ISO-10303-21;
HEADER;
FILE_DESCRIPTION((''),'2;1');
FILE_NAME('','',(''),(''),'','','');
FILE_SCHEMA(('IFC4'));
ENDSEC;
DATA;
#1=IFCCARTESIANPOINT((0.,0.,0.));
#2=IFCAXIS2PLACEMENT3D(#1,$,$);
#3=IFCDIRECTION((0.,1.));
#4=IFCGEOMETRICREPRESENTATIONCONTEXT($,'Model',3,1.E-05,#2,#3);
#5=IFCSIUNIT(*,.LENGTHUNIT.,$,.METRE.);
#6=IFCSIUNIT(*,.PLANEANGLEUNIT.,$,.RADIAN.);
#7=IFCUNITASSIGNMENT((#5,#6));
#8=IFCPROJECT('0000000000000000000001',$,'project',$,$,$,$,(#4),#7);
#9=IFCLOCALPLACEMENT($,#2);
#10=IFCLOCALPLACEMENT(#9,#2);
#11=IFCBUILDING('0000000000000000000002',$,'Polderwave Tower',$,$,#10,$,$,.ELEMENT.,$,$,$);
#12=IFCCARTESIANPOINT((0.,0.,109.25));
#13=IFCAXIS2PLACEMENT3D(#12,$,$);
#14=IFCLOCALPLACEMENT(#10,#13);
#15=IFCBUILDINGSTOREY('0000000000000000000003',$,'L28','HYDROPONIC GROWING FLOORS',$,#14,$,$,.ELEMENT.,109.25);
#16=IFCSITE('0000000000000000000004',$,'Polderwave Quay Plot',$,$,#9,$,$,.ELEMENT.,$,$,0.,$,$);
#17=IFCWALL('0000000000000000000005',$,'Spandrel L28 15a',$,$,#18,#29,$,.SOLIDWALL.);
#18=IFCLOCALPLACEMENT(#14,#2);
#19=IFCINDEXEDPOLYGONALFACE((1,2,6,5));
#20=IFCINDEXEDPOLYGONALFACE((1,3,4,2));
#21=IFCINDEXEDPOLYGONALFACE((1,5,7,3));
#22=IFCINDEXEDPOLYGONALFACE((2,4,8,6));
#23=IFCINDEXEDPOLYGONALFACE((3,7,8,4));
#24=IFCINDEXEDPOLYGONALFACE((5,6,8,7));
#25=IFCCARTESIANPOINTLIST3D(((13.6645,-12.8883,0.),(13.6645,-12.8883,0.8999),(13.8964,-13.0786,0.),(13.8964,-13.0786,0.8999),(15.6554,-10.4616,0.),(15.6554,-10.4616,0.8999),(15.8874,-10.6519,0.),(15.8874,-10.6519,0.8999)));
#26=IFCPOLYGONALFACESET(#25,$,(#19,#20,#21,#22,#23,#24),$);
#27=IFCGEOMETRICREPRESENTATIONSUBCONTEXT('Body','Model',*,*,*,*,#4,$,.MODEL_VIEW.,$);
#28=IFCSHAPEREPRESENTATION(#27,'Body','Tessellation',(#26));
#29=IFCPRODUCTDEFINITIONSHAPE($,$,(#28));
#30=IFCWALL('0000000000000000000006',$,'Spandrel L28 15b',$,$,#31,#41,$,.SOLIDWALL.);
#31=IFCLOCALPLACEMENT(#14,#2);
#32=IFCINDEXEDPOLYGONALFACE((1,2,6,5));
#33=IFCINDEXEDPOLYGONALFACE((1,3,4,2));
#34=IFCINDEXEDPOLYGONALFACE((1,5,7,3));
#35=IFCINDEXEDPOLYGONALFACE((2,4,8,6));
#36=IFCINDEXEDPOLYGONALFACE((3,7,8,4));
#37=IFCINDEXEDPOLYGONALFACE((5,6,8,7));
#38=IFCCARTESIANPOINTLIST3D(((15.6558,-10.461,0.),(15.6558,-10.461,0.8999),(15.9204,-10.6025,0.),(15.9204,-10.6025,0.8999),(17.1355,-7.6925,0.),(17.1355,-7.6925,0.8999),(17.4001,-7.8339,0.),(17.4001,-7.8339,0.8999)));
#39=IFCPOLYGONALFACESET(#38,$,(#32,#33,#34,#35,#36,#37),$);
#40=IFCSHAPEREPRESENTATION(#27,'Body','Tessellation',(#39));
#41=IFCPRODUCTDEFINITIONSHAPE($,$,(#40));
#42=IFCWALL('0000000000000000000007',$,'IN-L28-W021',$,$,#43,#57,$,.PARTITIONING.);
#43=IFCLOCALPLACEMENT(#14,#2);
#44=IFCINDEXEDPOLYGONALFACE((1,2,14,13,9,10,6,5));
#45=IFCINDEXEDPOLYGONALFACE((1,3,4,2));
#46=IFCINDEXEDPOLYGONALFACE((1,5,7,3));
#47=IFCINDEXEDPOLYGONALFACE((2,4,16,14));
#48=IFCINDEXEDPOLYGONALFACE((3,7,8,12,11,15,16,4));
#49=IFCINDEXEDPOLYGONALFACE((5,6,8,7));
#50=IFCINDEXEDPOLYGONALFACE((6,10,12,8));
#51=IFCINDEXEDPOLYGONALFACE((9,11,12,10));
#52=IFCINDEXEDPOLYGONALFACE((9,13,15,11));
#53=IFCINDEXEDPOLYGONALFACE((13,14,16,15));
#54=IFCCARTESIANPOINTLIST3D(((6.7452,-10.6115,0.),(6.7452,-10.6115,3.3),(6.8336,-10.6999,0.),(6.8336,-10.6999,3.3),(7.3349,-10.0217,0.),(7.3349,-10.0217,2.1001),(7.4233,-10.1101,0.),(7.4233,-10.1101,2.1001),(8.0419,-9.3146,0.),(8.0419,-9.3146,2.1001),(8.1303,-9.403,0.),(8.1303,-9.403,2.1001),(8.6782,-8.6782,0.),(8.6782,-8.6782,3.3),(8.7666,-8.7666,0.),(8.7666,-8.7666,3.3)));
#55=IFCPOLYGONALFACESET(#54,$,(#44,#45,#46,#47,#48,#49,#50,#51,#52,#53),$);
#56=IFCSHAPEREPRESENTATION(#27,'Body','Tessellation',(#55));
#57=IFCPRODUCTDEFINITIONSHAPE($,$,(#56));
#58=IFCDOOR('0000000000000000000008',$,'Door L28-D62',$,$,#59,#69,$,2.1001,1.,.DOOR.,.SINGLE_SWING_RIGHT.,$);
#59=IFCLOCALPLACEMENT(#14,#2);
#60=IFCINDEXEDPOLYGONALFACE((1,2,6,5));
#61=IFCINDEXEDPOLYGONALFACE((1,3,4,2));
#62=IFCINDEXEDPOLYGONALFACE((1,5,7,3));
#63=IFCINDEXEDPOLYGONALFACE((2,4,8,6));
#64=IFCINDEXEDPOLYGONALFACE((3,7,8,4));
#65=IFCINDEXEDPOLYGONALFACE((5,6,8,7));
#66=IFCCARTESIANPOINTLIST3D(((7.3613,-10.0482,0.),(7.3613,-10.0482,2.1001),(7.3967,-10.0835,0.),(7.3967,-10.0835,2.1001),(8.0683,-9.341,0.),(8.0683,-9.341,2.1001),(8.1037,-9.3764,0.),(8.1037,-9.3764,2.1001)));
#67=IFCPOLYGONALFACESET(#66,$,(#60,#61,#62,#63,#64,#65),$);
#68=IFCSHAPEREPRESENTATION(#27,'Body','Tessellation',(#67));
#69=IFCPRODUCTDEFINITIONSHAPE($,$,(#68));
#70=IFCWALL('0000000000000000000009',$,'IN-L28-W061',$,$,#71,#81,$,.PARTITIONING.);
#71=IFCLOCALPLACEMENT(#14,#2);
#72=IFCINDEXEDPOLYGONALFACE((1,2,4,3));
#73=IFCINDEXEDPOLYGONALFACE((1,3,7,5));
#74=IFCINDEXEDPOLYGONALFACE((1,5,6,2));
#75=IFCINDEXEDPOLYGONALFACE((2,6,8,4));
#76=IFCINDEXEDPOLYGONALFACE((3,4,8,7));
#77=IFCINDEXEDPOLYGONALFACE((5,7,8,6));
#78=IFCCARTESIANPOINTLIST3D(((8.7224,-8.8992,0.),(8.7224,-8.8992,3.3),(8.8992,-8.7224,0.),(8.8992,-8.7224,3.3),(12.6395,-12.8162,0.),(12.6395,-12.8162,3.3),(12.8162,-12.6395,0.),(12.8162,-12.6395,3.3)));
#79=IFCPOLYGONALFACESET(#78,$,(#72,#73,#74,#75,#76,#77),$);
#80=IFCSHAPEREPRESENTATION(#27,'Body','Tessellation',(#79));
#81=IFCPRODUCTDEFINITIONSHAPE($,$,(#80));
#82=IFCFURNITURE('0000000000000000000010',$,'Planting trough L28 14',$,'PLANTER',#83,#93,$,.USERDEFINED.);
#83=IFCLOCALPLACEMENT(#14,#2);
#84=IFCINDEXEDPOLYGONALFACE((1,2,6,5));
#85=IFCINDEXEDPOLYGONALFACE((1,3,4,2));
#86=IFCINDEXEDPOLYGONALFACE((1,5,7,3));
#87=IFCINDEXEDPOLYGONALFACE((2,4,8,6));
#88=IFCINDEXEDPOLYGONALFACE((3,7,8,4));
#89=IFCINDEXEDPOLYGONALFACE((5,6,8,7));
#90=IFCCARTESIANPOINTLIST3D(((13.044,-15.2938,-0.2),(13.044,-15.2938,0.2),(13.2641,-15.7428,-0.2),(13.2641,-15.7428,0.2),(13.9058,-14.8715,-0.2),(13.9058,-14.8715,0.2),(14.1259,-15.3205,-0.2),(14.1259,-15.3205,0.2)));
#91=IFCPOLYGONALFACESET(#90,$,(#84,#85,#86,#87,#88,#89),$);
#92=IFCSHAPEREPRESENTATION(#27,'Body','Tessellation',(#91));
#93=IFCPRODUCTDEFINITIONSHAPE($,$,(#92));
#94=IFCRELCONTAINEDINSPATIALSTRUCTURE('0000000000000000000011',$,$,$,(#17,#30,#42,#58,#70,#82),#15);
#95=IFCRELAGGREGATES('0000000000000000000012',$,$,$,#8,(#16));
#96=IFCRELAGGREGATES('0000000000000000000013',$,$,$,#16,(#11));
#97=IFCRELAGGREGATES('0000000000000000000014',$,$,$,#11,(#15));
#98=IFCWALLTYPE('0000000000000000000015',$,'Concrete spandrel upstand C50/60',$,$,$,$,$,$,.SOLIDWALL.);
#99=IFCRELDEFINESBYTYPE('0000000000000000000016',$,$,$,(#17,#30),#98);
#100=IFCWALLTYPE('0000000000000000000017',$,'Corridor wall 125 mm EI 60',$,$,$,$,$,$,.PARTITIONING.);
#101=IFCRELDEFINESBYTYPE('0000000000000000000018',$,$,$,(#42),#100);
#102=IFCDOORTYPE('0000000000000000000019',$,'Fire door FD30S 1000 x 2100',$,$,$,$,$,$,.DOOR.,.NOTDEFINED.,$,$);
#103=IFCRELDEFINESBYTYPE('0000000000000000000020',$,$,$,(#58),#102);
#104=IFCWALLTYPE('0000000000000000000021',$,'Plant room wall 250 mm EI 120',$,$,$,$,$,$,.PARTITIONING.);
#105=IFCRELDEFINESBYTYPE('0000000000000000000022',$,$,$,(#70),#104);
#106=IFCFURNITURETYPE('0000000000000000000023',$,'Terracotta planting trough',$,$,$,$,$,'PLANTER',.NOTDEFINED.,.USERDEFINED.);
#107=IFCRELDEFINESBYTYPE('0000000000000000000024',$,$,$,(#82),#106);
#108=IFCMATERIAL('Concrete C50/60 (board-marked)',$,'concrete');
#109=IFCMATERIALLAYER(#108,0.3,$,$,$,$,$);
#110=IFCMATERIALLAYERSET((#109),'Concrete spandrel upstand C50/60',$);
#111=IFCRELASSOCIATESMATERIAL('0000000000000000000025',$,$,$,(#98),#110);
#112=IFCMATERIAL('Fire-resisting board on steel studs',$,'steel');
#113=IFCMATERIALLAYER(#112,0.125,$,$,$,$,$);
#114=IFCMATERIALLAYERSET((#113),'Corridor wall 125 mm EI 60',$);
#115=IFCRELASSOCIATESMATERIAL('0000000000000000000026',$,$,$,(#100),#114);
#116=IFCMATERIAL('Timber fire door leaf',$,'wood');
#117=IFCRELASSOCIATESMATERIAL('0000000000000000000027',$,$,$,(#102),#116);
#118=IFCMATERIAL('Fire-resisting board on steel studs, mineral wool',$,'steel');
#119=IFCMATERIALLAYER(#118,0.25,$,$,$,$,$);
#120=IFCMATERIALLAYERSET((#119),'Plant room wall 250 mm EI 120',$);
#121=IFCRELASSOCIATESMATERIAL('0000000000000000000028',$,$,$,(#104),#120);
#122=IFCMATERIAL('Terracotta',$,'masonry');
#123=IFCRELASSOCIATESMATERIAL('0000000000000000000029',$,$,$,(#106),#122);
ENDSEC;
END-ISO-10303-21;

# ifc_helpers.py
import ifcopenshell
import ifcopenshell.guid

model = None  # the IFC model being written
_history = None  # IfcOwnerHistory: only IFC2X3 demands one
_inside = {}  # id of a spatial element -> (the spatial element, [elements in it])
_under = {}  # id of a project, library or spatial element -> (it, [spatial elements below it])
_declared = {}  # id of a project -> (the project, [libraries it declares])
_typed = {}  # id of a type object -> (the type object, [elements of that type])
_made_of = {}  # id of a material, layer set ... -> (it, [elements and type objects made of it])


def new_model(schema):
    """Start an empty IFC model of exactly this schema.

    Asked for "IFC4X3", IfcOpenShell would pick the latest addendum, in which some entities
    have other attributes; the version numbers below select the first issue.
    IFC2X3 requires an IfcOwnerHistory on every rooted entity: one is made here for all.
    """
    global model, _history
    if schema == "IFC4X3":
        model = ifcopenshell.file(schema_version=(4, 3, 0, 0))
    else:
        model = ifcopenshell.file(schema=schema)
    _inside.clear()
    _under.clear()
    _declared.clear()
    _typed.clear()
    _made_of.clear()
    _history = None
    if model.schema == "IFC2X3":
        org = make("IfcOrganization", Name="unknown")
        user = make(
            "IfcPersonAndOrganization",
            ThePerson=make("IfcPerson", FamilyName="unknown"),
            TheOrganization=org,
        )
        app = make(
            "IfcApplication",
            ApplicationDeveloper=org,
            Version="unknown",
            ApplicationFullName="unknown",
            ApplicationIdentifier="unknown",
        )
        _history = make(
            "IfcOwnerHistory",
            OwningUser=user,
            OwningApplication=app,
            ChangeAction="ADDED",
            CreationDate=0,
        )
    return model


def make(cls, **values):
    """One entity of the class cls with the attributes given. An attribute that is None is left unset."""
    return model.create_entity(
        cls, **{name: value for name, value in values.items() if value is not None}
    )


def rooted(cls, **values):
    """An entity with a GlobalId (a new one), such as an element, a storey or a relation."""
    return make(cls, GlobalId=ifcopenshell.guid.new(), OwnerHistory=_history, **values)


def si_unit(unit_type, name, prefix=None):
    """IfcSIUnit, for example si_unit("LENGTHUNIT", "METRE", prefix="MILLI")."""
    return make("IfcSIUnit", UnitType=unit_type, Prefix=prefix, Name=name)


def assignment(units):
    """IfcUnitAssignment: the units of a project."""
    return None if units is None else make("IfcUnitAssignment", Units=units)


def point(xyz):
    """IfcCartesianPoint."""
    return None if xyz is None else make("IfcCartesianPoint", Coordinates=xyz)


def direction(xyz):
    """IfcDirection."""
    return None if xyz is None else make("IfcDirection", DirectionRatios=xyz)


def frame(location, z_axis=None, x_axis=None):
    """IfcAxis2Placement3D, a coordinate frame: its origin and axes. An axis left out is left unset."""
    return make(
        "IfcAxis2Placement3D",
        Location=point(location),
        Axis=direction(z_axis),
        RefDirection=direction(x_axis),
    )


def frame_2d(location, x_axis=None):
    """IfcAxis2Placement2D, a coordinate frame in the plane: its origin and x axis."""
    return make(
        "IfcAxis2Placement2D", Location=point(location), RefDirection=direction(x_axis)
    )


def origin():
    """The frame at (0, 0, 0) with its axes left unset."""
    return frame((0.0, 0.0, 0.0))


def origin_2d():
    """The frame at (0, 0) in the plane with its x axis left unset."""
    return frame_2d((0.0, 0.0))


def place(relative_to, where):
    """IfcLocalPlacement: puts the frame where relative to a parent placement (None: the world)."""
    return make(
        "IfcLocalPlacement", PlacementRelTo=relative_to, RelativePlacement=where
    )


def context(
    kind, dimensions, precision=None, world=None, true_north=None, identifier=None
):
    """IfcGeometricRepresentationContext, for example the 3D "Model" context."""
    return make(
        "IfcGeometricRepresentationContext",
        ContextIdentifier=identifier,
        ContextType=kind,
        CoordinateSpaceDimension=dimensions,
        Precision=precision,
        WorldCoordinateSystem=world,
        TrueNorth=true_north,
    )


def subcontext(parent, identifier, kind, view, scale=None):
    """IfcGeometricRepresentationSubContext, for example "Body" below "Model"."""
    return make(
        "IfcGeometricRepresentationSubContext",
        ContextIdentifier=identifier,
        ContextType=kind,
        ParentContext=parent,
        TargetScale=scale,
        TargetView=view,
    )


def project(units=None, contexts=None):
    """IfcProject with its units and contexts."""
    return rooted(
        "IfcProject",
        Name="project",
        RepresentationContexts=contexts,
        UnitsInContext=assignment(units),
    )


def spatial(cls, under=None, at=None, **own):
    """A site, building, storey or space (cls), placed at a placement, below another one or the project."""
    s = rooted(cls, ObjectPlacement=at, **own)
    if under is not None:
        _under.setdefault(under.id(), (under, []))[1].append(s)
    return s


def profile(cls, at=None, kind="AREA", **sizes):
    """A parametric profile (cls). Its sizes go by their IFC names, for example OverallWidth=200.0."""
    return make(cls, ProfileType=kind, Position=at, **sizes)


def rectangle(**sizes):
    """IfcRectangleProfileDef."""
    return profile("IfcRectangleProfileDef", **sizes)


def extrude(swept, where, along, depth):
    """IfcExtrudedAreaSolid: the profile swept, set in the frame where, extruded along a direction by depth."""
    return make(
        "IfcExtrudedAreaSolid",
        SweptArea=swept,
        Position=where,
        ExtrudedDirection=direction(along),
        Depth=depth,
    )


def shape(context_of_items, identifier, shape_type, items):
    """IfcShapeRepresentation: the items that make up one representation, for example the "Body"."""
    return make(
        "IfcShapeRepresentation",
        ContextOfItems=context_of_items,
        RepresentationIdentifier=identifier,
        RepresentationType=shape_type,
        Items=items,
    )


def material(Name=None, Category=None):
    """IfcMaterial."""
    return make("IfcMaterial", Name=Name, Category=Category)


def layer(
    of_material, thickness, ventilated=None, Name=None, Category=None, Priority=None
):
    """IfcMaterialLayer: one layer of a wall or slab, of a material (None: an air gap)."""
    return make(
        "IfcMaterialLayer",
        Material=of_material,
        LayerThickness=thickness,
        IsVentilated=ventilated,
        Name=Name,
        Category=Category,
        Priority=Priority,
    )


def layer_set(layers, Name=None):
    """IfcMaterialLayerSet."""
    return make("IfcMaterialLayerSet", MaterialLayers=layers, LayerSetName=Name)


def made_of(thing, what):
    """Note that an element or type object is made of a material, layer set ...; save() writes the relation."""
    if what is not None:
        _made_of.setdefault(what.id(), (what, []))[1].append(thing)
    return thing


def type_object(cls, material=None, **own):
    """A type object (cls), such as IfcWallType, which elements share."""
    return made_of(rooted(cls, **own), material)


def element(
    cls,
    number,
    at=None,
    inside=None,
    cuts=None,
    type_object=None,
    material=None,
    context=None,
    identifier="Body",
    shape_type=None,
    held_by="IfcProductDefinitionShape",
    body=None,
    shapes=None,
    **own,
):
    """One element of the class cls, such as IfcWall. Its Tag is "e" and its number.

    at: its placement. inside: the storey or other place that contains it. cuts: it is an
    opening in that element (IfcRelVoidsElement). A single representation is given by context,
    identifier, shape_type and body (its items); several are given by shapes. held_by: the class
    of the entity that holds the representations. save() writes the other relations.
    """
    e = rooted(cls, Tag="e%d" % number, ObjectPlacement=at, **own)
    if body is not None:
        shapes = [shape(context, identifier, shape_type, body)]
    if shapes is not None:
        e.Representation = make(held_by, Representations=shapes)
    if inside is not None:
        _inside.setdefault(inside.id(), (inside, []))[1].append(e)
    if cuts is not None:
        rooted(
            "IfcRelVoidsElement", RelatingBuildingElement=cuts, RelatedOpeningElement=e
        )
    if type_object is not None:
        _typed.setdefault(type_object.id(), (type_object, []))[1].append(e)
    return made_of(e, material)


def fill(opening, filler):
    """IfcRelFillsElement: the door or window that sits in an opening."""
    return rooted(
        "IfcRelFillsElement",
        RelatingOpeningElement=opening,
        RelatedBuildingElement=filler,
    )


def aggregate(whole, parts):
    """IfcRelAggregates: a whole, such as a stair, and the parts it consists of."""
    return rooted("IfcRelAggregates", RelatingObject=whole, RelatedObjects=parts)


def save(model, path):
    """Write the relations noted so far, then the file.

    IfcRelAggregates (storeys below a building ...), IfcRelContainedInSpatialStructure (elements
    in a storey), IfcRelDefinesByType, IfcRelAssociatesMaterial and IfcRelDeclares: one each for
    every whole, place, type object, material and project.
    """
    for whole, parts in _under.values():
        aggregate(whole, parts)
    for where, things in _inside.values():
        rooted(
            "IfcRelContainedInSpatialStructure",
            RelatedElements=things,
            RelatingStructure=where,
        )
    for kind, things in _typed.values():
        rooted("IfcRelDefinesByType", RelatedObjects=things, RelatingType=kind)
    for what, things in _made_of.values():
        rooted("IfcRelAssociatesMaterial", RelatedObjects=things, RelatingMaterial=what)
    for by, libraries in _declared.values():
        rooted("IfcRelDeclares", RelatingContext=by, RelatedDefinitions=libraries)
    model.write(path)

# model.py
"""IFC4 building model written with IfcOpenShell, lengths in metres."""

from ifc_helpers import new_model, si_unit, direction, frame, frame_2d, origin, origin_2d, place, context, subcontext, project, spatial, rectangle, extrude, material, layer, layer_set, type_object, element, fill, save


model = new_model("IFC4")

# Units and contexts
model_context = context("Model", 3, precision=1e-05, world=origin(), true_north=direction((0.0, 1.0)))
body_context = subcontext(model_context, "Body", "Model", "MODEL_VIEW")
ifc_project = project(units=[si_unit("LENGTHUNIT", "METRE"), si_unit("PLANEANGLEUNIT", "RADIAN")], contexts=[model_context])

# Site, building, storey
site_placement = place(None, origin())
site = spatial("IfcSite", under=ifc_project, at=site_placement, Name="Polderwave Quay Plot", CompositionType="ELEMENT", RefElevation=0.0)
building_placement = place(site_placement, origin())
building = spatial("IfcBuilding", under=site, at=building_placement, Name="Polderwave Tower", CompositionType="ELEMENT")
storey_placement = place(building_placement, frame((0.0, 0.0, 109.25)))
storey = spatial("IfcBuildingStorey", under=building, at=storey_placement, Name="L28", Description="HYDROPONIC GROWING FLOORS", CompositionType="ELEMENT", Elevation=109.25)

# Walls
ifc_material_1 = material(Name="Concrete C50/60 (board-marked)", Category="concrete")
ifc_layer_1 = layer(ifc_material_1, 0.3)
ifc_layer_set_1 = layer_set([ifc_layer_1], Name="Concrete spandrel upstand C50/60")
wall_type_1 = type_object("IfcWallType", Name="Concrete spandrel upstand C50/60", PredefinedType="SOLIDWALL", material=ifc_layer_set_1)
for number, where, z_axis, x_axis, name in (
    (1, (13.7805, -12.9834, 0.0), (0.0, 0.0, 1.0), (0.634275, 0.773108, 0.0), "Spandrel L28 15a"),
):
    element("IfcWall", number, at=place(storey_placement, frame(where, z_axis=z_axis, x_axis=x_axis)), inside=storey, type_object=wall_type_1, Name=name, PredefinedType="SOLIDWALL", context=body_context, shape_type="SweptSolid", body=[
        extrude(rectangle(XDim=3.1389, YDim=0.3, at=frame_2d((1.5693, 0.0))), origin(), (0.0, 0.0, 1.0), 0.8999),
    ])
wall_1_placement = place(storey_placement, frame((15.7881, -10.5317, 0.0), z_axis=(0.0, 0.0, 1.0), x_axis=(0.471375, 0.881933, 0.0)))
element("IfcWall", 2, at=wall_1_placement, inside=storey, type_object=wall_type_1, Name="Spandrel L28 15b", PredefinedType="SOLIDWALL", context=body_context, shape_type="SweptSolid", body=[
    extrude(rectangle(XDim=3.1392, YDim=0.3, at=frame_2d((1.5696, 0.0))), origin(), (0.0, 0.0, 1.0), 0.8999),
])

# Wall, opening, door
ifc_material_2 = material(Name="Fire-resisting board on steel studs", Category="steel")
ifc_layer_2 = layer(ifc_material_2, 0.125)
ifc_layer_set_2 = layer_set([ifc_layer_2], Name="Corridor wall 125 mm EI 60")
wall_type_2 = type_object("IfcWallType", Name="Corridor wall 125 mm EI 60", PredefinedType="PARTITIONING", material=ifc_layer_set_2)
wall_2_placement = place(storey_placement, frame((8.7224, -8.7224, 0.0), z_axis=(0.0, 0.0, 1.0), x_axis=(-0.707062, -0.707151, 0.0)))
wall_2 = element("IfcWall", 3, at=wall_2_placement, inside=storey, type_object=wall_type_2, Name="IN-L28-W021", PredefinedType="PARTITIONING", context=body_context, shape_type="SweptSolid", body=[
    extrude(rectangle(XDim=2.7339, YDim=0.125, at=frame_2d((1.3669, 0.0))), origin(), (0.0, 0.0, 1.0), 3.3),
])
opening_placement = place(wall_2_placement, frame((0.8999, 0.0, 0.0)))
opening = element("IfcOpeningElement", 4, at=opening_placement, cuts=wall_2, PredefinedType="OPENING", context=body_context, shape_type="SweptSolid", body=[
    extrude(rectangle(XDim=1.0, YDim=2.1001, at=frame_2d((0.5, 1.05))), frame((0.0, 0.0725, 0.0), z_axis=(0.0, -1.0, 0.0), x_axis=(1.0, 0.0, 0.0)), (0.0, 0.0, 1.0), 0.145),
])
ifc_material_3 = material(Name="Timber fire door leaf", Category="wood")
door_type = type_object("IfcDoorType", Name="Fire door FD30S 1000 x 2100", OperationType="NOTDEFINED", PredefinedType="DOOR", material=ifc_material_3)
door_placement = place(opening_placement, origin())
door = element("IfcDoor", 5, at=door_placement, inside=storey, type_object=door_type, Name="Door L28-D62", OperationType="SINGLE_SWING_RIGHT", OverallHeight=2.1001, OverallWidth=1.0, PredefinedType="DOOR", context=body_context, shape_type="SweptSolid", body=[
    extrude(rectangle(XDim=1.0, YDim=2.1001, at=frame_2d((0.5, 1.05))), frame((0.0, 0.0249, 0.0), z_axis=(0.0, -1.0, 0.0), x_axis=(1.0, 0.0, 0.0)), (0.0, 0.0, 1.0), 0.05),
])
fill(opening, door)

# Wall
ifc_material_4 = material(Name="Fire-resisting board on steel studs, mineral wool", Category="steel")
ifc_layer_3 = layer(ifc_material_4, 0.25)
ifc_layer_set_3 = layer_set([ifc_layer_3], Name="Plant room wall 250 mm EI 120")
wall_type_3 = type_object("IfcWallType", Name="Plant room wall 250 mm EI 120", PredefinedType="PARTITIONING", material=ifc_layer_set_3)
wall_3_placement = place(storey_placement, frame((8.8108, -8.8108, 0.0), z_axis=(0.0, 0.0, 1.0), x_axis=(0.707107, -0.707107, 0.0)))
element("IfcWall", 6, at=wall_3_placement, inside=storey, type_object=wall_type_3, Name="IN-L28-W061", PredefinedType="PARTITIONING", context=body_context, shape_type="SweptSolid", body=[
    extrude(rectangle(XDim=5.5396, YDim=0.25, at=frame_2d((2.7698, 0.0))), origin(), (0.0, 0.0, 1.0), 3.3),
])

# Furniture
ifc_material_5 = material(Name="Terracotta", Category="masonry")
furniture_type = type_object("IfcFurnitureType", Name="Terracotta planting trough", ElementType="PLANTER", AssemblyPlace="NOTDEFINED", PredefinedType="USERDEFINED", material=ifc_material_5)
furniture_placement = place(storey_placement, frame((13.585, -15.3071, -0.2), z_axis=(0.0, 0.0, 1.0), x_axis=(0.897969, 0.440058, 0.0)))
element("IfcFurniture", 7, at=furniture_placement, inside=storey, type_object=furniture_type, Name="Planting trough L28 14", ObjectType="PLANTER", PredefinedType="USERDEFINED", context=body_context, shape_type="SweptSolid", body=[
    extrude(rectangle(XDim=0.9597, YDim=0.5, at=origin_2d()), origin(), (0.0, 0.0, 1.0), 0.3999),
])

save(model, "model.ifc")
